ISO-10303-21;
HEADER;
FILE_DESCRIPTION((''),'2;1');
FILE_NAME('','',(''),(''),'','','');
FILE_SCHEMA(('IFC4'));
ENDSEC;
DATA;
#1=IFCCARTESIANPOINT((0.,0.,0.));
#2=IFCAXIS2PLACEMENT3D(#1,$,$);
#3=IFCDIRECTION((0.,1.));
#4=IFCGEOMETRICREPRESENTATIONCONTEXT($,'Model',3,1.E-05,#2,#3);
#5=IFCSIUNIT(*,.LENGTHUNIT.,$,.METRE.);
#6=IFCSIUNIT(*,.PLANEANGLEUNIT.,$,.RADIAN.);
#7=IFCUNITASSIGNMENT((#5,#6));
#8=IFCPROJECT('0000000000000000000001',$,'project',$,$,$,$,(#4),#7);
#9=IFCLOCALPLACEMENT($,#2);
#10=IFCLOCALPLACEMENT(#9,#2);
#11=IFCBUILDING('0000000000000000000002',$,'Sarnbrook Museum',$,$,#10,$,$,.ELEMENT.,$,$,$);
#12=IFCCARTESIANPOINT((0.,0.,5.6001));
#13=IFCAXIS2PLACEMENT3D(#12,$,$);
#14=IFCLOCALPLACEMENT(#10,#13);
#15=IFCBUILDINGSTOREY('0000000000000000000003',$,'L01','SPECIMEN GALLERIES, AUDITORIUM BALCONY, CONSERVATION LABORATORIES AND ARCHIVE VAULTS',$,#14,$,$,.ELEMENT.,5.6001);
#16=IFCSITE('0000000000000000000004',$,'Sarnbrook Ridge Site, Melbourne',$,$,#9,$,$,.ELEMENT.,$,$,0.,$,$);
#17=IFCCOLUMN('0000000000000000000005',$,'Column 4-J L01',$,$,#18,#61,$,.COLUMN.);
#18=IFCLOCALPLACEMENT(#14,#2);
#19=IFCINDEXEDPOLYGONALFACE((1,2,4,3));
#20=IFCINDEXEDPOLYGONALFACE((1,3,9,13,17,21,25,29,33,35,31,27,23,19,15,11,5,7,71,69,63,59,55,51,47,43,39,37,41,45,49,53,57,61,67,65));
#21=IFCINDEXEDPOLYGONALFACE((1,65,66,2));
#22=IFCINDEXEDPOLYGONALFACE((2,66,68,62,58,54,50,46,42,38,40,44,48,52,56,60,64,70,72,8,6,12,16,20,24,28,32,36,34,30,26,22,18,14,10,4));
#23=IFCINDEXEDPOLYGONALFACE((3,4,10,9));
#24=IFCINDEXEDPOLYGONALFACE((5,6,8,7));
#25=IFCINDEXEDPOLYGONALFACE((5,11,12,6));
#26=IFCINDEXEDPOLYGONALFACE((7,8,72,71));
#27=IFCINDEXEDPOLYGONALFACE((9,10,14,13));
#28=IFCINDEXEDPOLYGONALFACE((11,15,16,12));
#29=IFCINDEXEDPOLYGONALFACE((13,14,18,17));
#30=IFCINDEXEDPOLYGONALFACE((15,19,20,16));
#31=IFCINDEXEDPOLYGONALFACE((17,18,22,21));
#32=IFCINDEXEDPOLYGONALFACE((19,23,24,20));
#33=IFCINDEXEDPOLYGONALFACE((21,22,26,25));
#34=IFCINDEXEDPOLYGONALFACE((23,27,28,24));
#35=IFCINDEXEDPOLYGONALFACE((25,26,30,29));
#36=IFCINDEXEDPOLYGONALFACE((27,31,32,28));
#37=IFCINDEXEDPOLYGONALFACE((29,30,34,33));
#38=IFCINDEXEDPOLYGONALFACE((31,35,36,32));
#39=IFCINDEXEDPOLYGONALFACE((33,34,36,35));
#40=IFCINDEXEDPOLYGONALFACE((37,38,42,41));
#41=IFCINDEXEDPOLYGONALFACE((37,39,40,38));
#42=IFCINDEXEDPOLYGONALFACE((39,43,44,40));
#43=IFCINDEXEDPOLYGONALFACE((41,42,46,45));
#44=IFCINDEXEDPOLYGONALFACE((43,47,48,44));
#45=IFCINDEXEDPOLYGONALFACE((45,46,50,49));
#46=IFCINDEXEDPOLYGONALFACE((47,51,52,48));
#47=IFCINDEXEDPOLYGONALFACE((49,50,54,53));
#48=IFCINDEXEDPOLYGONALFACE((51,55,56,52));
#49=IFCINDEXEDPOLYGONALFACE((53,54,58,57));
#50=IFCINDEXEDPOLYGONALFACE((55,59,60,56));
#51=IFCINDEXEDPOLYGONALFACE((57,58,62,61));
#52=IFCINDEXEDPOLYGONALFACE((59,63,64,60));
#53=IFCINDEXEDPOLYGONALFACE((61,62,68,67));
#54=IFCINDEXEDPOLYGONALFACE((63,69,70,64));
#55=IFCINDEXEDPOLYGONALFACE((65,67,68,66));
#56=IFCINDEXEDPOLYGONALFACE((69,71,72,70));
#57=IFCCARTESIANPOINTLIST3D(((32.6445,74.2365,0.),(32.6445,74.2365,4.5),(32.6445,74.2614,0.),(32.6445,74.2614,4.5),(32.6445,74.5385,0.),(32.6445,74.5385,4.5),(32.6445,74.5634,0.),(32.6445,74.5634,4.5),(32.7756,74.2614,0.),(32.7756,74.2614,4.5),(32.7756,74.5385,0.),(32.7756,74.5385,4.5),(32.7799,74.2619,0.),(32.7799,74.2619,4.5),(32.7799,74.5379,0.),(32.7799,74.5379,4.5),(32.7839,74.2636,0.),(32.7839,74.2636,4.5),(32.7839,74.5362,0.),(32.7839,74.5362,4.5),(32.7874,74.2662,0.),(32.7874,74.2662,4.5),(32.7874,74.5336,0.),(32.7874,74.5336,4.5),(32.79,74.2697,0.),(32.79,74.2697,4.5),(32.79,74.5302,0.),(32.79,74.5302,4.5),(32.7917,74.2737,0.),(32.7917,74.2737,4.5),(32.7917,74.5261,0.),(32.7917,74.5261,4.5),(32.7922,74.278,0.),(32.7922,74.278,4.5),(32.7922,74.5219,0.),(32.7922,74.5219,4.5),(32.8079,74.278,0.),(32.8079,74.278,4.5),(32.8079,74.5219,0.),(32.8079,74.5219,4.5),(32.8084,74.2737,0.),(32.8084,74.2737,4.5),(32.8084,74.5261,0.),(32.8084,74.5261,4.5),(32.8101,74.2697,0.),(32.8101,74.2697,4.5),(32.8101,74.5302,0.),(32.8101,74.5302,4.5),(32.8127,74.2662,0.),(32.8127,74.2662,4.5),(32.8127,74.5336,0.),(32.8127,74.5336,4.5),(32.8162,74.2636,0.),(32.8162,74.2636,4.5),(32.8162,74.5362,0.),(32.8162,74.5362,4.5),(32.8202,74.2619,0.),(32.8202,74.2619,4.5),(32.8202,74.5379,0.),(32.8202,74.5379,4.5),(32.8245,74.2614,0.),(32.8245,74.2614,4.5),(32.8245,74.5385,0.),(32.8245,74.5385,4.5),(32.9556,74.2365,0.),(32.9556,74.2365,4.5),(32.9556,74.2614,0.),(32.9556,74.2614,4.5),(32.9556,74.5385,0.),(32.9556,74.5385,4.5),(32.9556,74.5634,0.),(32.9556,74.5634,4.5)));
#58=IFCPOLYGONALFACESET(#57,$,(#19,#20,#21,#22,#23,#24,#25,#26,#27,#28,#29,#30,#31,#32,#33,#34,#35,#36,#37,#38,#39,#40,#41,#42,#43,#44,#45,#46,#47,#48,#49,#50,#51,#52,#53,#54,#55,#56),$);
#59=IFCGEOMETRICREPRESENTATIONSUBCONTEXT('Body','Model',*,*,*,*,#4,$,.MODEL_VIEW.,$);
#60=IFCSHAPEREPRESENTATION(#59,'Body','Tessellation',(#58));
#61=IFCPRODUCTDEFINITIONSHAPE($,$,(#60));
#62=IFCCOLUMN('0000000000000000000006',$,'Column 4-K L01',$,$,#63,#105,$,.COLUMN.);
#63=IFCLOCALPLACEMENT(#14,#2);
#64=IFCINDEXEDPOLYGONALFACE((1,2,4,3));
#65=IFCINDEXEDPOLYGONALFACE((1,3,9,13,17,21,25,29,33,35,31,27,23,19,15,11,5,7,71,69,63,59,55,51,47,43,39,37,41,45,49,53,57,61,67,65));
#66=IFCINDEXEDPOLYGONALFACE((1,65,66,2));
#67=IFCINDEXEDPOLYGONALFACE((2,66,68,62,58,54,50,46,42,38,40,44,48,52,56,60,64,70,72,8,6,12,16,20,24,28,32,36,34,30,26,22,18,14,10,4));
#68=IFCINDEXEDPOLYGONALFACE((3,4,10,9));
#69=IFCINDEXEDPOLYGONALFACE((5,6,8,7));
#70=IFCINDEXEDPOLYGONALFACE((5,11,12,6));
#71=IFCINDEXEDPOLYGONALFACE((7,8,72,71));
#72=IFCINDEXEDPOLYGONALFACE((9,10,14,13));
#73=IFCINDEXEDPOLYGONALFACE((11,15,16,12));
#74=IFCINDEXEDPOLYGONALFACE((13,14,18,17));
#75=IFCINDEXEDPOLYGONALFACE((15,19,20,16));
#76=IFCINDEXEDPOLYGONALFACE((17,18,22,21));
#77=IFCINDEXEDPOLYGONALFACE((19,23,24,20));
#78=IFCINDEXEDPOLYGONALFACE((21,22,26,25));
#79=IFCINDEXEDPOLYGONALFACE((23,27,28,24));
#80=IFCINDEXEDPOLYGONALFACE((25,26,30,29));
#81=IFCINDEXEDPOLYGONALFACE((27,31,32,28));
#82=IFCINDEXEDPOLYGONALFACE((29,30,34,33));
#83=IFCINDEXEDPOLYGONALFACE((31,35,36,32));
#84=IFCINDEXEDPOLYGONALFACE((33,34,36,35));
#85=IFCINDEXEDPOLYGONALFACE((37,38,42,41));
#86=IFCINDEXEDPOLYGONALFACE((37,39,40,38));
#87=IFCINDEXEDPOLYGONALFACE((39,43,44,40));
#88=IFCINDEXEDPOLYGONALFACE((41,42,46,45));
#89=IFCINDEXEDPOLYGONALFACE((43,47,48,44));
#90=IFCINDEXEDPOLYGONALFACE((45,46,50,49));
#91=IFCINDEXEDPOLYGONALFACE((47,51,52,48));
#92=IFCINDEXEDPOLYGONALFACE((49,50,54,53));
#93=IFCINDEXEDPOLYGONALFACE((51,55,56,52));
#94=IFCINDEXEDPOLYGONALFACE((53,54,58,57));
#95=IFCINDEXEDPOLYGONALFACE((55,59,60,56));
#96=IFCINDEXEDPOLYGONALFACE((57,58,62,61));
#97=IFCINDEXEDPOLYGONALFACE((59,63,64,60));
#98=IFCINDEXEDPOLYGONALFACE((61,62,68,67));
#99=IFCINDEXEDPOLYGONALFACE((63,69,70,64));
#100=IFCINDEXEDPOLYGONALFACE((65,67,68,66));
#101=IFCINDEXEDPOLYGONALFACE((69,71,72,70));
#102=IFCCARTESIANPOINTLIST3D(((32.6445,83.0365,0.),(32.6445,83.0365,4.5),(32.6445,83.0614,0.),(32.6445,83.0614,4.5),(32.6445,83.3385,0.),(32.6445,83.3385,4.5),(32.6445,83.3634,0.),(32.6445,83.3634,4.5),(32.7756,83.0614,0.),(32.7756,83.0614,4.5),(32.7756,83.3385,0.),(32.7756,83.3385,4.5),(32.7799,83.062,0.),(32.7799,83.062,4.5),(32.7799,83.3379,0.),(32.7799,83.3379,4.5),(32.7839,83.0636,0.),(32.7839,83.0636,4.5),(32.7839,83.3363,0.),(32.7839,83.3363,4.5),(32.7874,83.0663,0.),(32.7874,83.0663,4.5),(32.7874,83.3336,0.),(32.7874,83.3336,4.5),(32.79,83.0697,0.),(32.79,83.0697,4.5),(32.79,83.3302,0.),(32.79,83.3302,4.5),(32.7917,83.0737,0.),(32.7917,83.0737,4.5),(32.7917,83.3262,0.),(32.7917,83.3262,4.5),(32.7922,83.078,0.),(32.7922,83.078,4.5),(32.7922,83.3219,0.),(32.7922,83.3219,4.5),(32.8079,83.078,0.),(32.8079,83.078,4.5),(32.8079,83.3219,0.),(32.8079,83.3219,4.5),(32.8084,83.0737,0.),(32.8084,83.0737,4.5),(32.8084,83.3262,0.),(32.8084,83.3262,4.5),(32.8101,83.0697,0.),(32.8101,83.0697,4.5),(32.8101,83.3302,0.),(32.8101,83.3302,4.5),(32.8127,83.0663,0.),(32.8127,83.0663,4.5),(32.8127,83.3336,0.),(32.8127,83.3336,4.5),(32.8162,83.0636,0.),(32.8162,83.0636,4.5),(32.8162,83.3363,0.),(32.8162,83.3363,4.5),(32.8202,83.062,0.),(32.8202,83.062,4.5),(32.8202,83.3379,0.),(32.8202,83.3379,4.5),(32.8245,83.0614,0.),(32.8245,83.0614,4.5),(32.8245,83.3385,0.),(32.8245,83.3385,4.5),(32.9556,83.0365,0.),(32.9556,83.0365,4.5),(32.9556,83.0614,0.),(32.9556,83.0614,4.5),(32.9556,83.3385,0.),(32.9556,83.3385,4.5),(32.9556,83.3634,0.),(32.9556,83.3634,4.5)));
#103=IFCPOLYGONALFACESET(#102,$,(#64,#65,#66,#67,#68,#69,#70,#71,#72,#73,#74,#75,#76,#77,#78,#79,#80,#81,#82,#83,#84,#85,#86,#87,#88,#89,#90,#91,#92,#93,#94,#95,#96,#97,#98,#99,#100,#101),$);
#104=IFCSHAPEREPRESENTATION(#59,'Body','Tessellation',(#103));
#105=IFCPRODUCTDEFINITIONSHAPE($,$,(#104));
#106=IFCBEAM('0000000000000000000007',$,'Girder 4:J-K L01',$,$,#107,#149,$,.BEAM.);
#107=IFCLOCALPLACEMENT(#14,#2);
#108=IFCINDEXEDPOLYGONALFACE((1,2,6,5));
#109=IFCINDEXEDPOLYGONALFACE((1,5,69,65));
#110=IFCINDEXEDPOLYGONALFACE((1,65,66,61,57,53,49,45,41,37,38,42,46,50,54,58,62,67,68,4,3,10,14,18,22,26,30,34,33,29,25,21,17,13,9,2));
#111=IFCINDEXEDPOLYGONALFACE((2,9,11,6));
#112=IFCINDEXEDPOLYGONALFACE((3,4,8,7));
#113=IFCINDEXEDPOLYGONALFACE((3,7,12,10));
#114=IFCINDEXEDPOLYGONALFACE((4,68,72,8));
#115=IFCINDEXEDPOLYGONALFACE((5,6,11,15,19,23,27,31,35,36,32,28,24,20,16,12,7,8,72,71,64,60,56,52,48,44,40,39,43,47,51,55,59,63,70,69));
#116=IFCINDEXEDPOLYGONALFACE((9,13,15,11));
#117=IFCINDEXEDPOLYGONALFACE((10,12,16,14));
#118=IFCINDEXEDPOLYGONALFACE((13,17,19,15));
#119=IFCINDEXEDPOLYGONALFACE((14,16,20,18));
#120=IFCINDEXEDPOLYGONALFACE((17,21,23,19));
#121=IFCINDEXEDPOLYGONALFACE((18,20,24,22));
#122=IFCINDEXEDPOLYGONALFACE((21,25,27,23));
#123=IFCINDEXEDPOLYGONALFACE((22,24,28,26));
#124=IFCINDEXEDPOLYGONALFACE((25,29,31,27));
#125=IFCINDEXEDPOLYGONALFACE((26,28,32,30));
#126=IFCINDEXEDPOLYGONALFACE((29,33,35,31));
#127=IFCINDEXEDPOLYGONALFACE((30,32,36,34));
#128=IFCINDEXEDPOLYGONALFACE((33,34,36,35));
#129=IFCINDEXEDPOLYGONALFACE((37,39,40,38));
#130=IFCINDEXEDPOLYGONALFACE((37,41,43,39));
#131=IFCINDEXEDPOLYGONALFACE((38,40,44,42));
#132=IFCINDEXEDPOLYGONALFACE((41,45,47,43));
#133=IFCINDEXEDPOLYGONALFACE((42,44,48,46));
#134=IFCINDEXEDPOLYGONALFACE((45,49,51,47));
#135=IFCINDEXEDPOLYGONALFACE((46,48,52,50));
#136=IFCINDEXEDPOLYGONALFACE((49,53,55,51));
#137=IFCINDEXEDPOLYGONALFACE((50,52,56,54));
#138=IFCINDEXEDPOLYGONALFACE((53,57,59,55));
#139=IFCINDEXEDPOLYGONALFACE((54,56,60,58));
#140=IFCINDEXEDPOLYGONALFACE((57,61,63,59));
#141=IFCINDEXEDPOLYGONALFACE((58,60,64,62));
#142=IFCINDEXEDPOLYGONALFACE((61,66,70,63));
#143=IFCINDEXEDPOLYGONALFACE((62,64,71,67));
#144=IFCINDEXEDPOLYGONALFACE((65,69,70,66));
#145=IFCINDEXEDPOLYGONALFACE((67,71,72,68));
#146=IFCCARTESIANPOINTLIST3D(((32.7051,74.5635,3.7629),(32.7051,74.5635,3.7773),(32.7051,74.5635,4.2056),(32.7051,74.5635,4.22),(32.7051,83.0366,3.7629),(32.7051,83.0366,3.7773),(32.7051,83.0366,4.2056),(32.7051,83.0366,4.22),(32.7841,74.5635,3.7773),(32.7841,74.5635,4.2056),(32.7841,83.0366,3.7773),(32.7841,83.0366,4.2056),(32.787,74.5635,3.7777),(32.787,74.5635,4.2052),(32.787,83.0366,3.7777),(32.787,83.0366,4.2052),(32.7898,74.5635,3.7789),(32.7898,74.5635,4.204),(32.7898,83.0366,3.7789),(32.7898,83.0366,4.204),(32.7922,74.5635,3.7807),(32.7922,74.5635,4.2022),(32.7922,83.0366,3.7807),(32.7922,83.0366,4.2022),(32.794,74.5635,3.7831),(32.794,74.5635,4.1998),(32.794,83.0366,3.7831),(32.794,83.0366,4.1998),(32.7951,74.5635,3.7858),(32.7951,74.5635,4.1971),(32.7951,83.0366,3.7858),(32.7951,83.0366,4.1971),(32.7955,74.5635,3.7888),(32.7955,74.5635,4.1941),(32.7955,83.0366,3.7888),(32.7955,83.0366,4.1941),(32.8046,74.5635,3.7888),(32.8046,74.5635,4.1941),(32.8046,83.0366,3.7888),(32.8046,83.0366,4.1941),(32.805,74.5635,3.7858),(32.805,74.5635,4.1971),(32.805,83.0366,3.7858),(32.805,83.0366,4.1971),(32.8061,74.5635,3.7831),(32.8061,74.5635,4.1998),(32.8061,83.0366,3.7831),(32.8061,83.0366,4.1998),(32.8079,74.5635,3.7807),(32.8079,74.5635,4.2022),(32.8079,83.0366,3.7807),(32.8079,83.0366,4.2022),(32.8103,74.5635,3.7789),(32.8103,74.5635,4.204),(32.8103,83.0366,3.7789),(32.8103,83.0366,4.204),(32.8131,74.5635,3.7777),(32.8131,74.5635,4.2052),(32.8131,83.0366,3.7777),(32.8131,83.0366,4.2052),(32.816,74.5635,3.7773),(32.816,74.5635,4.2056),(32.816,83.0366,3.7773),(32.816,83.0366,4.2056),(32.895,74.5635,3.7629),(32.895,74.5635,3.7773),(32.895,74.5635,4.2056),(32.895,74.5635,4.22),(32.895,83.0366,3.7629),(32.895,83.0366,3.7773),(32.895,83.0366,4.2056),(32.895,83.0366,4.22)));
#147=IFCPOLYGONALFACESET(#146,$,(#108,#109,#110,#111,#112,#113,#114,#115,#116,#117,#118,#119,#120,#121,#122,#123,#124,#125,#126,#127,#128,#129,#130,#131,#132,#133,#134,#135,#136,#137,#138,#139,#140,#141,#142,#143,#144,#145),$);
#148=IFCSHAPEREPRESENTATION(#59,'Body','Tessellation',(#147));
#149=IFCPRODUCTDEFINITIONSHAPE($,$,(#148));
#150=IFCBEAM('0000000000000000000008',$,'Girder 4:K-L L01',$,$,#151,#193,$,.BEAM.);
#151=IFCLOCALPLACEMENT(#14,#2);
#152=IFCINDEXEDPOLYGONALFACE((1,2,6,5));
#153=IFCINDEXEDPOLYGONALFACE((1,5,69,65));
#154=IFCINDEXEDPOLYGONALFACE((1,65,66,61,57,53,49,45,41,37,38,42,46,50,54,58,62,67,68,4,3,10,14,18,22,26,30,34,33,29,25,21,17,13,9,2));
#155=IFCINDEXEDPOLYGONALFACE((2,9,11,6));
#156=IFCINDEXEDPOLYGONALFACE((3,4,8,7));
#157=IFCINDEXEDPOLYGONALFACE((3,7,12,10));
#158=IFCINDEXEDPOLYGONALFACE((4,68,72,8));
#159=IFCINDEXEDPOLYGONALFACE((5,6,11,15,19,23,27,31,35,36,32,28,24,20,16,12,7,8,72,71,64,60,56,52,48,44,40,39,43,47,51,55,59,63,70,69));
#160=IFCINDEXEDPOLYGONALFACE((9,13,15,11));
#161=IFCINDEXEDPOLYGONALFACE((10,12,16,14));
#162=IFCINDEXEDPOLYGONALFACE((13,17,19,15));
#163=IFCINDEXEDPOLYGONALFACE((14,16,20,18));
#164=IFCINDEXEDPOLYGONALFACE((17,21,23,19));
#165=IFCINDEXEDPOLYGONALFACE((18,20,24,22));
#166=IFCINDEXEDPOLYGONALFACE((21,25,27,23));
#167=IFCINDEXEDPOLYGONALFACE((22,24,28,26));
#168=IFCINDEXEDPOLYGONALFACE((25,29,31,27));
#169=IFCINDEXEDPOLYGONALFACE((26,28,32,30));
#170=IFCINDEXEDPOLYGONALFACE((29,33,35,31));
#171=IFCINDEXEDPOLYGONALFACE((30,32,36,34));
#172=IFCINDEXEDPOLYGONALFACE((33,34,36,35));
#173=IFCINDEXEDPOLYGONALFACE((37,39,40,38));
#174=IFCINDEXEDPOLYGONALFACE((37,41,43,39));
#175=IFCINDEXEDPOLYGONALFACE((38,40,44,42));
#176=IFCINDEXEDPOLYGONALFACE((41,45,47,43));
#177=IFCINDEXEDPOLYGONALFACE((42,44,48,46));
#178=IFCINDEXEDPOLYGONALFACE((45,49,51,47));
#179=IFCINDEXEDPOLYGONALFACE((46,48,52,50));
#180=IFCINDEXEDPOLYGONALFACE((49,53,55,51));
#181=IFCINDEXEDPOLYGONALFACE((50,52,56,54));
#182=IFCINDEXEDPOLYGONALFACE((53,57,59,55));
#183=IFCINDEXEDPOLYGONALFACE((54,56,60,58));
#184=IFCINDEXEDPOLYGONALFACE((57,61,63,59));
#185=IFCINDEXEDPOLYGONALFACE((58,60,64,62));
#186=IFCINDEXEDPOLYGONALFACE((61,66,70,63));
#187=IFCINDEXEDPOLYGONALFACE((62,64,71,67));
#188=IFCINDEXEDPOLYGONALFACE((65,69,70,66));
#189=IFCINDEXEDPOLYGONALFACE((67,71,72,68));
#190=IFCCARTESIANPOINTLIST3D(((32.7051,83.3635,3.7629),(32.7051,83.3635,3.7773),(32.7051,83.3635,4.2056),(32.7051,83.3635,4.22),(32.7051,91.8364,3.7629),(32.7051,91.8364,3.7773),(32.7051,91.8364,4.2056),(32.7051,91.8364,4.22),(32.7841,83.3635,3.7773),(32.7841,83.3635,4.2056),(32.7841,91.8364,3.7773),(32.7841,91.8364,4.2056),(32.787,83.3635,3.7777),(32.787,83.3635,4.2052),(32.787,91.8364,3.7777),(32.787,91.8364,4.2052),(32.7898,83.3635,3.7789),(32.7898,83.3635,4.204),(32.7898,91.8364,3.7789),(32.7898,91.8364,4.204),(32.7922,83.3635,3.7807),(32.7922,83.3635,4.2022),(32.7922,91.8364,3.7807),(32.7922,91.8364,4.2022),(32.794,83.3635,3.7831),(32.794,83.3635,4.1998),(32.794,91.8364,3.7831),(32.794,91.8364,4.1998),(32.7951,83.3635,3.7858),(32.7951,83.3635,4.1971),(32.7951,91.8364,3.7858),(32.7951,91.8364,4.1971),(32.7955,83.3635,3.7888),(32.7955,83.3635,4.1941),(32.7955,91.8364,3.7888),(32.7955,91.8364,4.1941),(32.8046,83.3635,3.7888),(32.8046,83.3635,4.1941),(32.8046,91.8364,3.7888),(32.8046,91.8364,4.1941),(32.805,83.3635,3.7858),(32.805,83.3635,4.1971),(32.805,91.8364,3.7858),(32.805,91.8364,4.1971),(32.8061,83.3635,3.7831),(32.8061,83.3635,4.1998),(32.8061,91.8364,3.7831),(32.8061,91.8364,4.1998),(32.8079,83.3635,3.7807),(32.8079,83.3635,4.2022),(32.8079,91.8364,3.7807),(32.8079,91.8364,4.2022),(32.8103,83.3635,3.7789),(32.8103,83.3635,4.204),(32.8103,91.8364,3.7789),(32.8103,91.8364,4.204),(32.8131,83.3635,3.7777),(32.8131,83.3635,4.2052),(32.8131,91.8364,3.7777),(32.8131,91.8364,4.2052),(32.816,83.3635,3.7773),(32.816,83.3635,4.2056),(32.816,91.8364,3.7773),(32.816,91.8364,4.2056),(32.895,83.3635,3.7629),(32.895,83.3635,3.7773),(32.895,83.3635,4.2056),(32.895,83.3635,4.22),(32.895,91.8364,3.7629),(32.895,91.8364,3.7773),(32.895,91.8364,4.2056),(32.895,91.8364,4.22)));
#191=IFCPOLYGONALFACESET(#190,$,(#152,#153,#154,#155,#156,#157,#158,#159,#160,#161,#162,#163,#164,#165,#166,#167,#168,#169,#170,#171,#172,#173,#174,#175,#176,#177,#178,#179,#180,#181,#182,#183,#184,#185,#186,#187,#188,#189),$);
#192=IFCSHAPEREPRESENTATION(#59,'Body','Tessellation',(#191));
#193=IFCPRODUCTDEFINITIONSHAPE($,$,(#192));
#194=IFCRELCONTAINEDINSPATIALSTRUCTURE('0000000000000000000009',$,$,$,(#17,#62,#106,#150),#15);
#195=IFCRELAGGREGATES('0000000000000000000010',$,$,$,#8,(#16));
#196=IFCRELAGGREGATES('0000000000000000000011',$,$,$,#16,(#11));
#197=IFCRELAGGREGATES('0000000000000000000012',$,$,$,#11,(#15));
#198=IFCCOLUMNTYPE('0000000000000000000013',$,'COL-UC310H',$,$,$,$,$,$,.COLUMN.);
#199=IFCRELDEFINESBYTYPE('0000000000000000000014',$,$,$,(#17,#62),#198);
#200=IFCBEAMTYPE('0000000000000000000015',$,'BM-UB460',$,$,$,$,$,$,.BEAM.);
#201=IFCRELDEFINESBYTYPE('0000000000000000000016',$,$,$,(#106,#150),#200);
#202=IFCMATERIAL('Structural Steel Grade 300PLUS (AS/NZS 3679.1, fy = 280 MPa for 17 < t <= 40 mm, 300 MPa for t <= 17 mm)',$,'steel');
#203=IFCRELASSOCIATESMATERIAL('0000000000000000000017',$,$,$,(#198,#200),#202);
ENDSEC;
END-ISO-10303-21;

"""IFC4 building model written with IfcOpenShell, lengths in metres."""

from ifc_helpers import new_model, si_unit, direction, frame, origin, origin_2d, place, context, subcontext, project, spatial, i_section, extrude, material, material_profile, profile_set, type_object, element, save


model = new_model("IFC4")

# Units and contexts
model_context = context("Model", 3, precision=1e-05, world=origin(), true_north=direction((0.0, 1.0)))
body_context = subcontext(model_context, "Body", "Model", "MODEL_VIEW")
ifc_project = project(units=[si_unit("LENGTHUNIT", "METRE"), si_unit("PLANEANGLEUNIT", "RADIAN")], contexts=[model_context])

# Site, building, storey
site_placement = place(None, origin())
site = spatial("IfcSite", under=ifc_project, at=site_placement, Name="Sarnbrook Ridge Site, Melbourne", CompositionType="ELEMENT", RefElevation=0.0)
building_placement = place(site_placement, origin())
building = spatial("IfcBuilding", under=site, at=building_placement, Name="Sarnbrook Museum", CompositionType="ELEMENT")
storey_placement = place(building_placement, frame((0.0, 0.0, 5.6001)))
storey = spatial("IfcBuildingStorey", under=building, at=storey_placement, Name="L01", Description="SPECIMEN GALLERIES, AUDITORIUM BALCONY, CONSERVATION LABORATORIES AND ARCHIVE VAULTS", CompositionType="ELEMENT", Elevation=5.6001)

# Columns
ifc_material_1 = material(Name="Structural Steel Grade 300PLUS (AS/NZS 3679.1, fy = 280 MPa for 17 < t <= 40 mm, 300 MPa for t <= 17 mm)", Category="steel")
ifc_material_profile_1 = material_profile(ifc_material_1, i_section(OverallWidth=0.311, OverallDepth=0.3269, WebThickness=0.0156, FlangeThickness=0.0249, FilletRadius=0.0166, at=origin_2d()), Name="310UC158")
ifc_profile_set_1 = profile_set([ifc_material_profile_1], Name="Structural Steel Grade 300PLUS (AS/NZS 3679.1, fy = 280 MPa for 17 < t <= 40 mm, 300 MPa for t <= 17 mm)")
column_type = type_object("IfcColumnType", Name="COL-UC310H", PredefinedType="COLUMN", material=ifc_profile_set_1)
for number, where, z_axis, x_axis, name in (
    (1, (32.8, 74.3999, 0.0), (0.0, 0.0, 1.0), (1.0, 0.0, 0.0), "Column 4-J L01"),
    (2, (32.8, 83.2, 0.0), (0.0, 0.0, 1.0), (1.0, 0.0, 0.0), "Column 4-K L01"),
):
    element("IfcColumn", number, at=place(storey_placement, frame(where, z_axis=z_axis, x_axis=x_axis)), inside=storey, type_object=column_type, Name=name, PredefinedType="COLUMN", context=body_context, shape_type="SweptSolid", body=[
        extrude(i_section(OverallWidth=0.311, OverallDepth=0.3269, WebThickness=0.0156, FlangeThickness=0.0249, FilletRadius=0.0166, at=origin_2d()), origin(), (0.0, 0.0, 1.0), 4.5),
    ])

# Beams
ifc_material_profile_2 = material_profile(ifc_material_1, i_section(OverallWidth=0.1899, OverallDepth=0.457, WebThickness=0.009, FlangeThickness=0.0144, FilletRadius=0.0115, at=origin_2d()), Name="460UB74.6")
ifc_profile_set_2 = profile_set([ifc_material_profile_2], Name="Structural Steel Grade 300PLUS (AS/NZS 3679.1, fy = 280 MPa for 17 < t <= 40 mm, 300 MPa for t <= 17 mm)")
beam_type_1 = type_object("IfcBeamType", Name="BM-UB460", PredefinedType="BEAM", material=ifc_profile_set_2)
beam_1_placement = place(storey_placement, frame((32.8, 74.5635, 3.9915), z_axis=(0.0, 1.0, 0.0), x_axis=(-1.0, 0.0, 0.0)))
element("IfcBeam", 3, at=beam_1_placement, inside=storey, type_object=beam_type_1, Name="Girder 4:J-K L01", PredefinedType="BEAM", context=body_context, shape_type="SweptSolid", body=[
    extrude(i_section(OverallWidth=0.1899, OverallDepth=0.457, WebThickness=0.009, FlangeThickness=0.0144, FilletRadius=0.0115, at=origin_2d()), origin(), (0.0, 0.0, 1.0), 8.4731),
])
beam_2_placement = place(storey_placement, frame((32.8, 83.3635, 3.9915), z_axis=(0.0, 1.0, 0.0), x_axis=(-1.0, 0.0, 0.0)))
element("IfcBeam", 4, at=beam_2_placement, inside=storey, type_object=beam_type_1, Name="Girder 4:K-L L01", PredefinedType="BEAM", context=body_context, shape_type="SweptSolid", body=[
    extrude(i_section(OverallWidth=0.1899, OverallDepth=0.457, WebThickness=0.009, FlangeThickness=0.0144, FilletRadius=0.0115, at=origin_2d()), origin(), (0.0, 0.0, 1.0), 8.4729),
])

save(model, "model.ifc")
